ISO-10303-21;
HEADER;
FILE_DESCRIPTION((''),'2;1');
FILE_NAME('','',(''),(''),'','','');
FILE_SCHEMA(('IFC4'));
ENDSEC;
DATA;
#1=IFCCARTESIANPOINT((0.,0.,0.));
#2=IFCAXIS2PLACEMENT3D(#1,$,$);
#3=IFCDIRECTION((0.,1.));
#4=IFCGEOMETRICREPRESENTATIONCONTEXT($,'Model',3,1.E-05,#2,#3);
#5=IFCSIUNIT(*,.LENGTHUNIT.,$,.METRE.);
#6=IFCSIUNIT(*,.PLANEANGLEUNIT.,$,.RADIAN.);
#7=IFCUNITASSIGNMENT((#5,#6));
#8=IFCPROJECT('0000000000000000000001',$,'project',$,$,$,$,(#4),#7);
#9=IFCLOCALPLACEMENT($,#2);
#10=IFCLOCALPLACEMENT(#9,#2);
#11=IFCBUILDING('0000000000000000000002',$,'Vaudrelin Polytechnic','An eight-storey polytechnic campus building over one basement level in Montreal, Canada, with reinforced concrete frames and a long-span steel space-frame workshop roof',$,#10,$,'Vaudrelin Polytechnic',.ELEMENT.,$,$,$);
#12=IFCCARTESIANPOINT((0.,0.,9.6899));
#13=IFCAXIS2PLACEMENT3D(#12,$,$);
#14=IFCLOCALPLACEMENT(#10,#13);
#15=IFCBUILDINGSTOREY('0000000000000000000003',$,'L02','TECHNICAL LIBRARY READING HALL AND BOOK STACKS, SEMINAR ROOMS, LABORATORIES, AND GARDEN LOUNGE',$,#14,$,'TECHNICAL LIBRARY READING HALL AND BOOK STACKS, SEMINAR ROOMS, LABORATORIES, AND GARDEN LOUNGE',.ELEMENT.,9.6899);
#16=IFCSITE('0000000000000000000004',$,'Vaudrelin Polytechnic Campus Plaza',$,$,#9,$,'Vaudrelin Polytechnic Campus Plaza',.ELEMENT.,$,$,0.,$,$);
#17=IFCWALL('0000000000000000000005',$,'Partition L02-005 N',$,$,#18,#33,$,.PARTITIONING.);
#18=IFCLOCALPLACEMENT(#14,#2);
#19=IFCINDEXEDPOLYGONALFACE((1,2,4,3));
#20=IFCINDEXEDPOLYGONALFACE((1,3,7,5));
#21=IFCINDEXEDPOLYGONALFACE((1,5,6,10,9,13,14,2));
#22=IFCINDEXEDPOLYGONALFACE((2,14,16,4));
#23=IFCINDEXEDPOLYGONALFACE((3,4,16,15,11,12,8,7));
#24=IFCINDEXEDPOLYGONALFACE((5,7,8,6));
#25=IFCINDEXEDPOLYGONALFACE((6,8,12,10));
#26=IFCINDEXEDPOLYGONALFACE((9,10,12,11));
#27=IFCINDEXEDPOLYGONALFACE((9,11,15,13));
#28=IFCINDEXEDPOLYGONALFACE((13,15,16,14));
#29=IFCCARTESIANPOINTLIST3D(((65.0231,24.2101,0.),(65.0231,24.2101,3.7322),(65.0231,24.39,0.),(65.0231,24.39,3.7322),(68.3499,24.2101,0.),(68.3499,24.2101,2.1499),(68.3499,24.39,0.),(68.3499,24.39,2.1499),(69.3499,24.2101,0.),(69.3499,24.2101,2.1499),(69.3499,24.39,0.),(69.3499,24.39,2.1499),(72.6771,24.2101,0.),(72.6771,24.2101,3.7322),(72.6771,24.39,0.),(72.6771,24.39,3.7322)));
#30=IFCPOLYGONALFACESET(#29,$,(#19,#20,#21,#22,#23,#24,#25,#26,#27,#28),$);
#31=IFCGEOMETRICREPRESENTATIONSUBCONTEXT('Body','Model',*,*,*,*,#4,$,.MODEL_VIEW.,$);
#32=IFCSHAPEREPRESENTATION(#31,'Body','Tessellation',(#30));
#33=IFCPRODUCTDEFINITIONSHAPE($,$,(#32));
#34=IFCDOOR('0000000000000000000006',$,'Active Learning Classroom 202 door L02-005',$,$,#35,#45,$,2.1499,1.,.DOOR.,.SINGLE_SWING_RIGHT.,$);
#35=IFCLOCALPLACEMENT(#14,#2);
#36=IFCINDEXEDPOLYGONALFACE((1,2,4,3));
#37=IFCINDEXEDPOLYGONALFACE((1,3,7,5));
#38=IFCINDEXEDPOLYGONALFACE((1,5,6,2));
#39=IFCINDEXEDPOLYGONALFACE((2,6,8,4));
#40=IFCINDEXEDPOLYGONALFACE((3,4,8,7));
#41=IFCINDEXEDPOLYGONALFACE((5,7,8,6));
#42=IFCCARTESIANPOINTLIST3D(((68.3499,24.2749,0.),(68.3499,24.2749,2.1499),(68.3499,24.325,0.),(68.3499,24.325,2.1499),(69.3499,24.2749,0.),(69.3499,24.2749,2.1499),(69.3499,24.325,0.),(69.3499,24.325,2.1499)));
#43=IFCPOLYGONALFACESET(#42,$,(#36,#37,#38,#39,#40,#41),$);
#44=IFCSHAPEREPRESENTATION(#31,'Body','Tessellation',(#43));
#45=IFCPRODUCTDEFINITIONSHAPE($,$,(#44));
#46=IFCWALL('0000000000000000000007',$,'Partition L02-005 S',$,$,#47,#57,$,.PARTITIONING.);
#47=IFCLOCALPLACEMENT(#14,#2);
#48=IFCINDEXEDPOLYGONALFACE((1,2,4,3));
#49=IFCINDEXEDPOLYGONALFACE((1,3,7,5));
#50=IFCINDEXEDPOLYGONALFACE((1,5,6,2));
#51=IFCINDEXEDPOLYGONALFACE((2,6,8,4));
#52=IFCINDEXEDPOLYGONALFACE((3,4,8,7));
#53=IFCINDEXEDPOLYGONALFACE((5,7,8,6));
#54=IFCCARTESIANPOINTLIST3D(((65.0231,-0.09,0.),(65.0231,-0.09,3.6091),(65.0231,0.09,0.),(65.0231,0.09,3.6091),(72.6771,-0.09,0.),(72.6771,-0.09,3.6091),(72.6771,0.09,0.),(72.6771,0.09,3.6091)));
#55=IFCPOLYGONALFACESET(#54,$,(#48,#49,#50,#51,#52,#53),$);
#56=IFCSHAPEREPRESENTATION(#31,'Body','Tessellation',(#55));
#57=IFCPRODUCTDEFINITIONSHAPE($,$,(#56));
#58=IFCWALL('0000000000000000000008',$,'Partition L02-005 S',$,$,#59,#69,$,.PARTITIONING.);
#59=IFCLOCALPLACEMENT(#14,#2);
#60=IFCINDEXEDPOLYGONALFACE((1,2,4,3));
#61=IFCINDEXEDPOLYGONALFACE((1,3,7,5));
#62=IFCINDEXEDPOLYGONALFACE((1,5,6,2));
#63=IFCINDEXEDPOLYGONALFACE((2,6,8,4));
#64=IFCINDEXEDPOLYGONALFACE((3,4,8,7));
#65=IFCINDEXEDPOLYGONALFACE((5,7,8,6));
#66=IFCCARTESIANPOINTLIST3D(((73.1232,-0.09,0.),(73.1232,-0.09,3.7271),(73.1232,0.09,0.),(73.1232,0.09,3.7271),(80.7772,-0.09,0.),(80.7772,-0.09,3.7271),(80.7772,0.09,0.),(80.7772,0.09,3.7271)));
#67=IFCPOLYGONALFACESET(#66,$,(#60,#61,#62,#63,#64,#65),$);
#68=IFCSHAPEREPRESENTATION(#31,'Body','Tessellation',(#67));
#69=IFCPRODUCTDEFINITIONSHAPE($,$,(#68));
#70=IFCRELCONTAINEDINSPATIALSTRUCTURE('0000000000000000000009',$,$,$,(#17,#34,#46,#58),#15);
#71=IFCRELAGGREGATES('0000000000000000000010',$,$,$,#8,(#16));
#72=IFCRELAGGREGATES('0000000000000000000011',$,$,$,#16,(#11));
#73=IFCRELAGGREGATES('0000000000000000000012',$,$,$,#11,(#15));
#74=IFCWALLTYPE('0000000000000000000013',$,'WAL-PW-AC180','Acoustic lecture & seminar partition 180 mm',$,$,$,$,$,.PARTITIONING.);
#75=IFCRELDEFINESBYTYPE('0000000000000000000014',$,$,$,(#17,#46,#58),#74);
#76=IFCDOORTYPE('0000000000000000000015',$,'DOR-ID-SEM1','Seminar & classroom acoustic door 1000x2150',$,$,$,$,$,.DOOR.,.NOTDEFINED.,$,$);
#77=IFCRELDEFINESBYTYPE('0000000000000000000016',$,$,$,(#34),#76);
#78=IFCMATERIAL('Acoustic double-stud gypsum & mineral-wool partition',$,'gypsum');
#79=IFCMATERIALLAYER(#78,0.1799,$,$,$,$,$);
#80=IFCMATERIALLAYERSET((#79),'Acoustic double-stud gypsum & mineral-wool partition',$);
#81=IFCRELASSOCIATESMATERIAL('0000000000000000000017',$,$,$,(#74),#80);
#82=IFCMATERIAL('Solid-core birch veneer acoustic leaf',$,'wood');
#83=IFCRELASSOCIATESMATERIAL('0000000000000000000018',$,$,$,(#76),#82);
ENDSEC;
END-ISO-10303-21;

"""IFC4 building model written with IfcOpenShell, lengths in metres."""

from ifc_helpers import new_model, si_unit, direction, frame, frame_2d, origin, place, context, subcontext, project, spatial, rectangle, extrude, material, layer, layer_set, type_object, element, fill, save


model = new_model("IFC4")

# Units and contexts
model_context = context("Model", 3, precision=1e-05, world=origin(), true_north=direction((0.0, 1.0)))
body_context = subcontext(model_context, "Body", "Model", "MODEL_VIEW")
ifc_project = project(units=[si_unit("LENGTHUNIT", "METRE"), si_unit("PLANEANGLEUNIT", "RADIAN")], contexts=[model_context])

# Site, building, storey
site_placement = place(None, origin())
site = spatial("IfcSite", under=ifc_project, at=site_placement, Name="Vaudrelin Polytechnic Campus Plaza", LongName="Vaudrelin Polytechnic Campus Plaza", CompositionType="ELEMENT", RefElevation=0.0)
building_placement = place(site_placement, origin())
building = spatial("IfcBuilding", under=site, at=building_placement, Name="Vaudrelin Polytechnic", Description="An eight-storey polytechnic campus building over one basement level in Montreal, Canada, with reinforced concrete frames and a long-span steel space-frame workshop roof", LongName="Vaudrelin Polytechnic", CompositionType="ELEMENT")
storey_placement = place(building_placement, frame((0.0, 0.0, 9.6899)))
storey = spatial("IfcBuildingStorey", under=building, at=storey_placement, Name="L02", Description="TECHNICAL LIBRARY READING HALL AND BOOK STACKS, SEMINAR ROOMS, LABORATORIES, AND GARDEN LOUNGE", LongName="TECHNICAL LIBRARY READING HALL AND BOOK STACKS, SEMINAR ROOMS, LABORATORIES, AND GARDEN LOUNGE", CompositionType="ELEMENT", Elevation=9.6899)

# Shared definitions
ifc_material_1 = material(Name="Acoustic double-stud gypsum & mineral-wool partition", Category="gypsum")
ifc_layer_1 = layer(ifc_material_1, 0.1799)
ifc_layer_set_1 = layer_set([ifc_layer_1], Name="Acoustic double-stud gypsum & mineral-wool partition")
wall_type_1 = type_object("IfcWallType", Name="WAL-PW-AC180", Description="Acoustic lecture & seminar partition 180 mm", PredefinedType="PARTITIONING", material=ifc_layer_set_1)

# Wall, opening, door
wall_1_placement = place(storey_placement, frame((65.0229, 24.3, 0.0), z_axis=(0.0, 0.0, 1.0), x_axis=(1.0, 0.0, 0.0)))
wall_1 = element("IfcWall", 1, at=wall_1_placement, inside=storey, type_object=wall_type_1, Name="Partition L02-005 N", PredefinedType="PARTITIONING", context=body_context, shape_type="SweptSolid", body=[
    extrude(rectangle(XDim=7.6541, YDim=0.1799, at=frame_2d((3.8271, 0.0))), origin(), (0.0, 0.0, 1.0), 3.7322),
])
opening_1_placement = place(wall_1_placement, frame((3.3269, 0.0, 0.0)))
opening_1 = element("IfcOpeningElement", 2, at=opening_1_placement, cuts=wall_1, PredefinedType="OPENING", context=body_context, shape_type="SweptSolid", body=[
    extrude(rectangle(XDim=1.0, YDim=2.1499, at=frame_2d((0.5, 1.075))), frame((0.0, 0.1001, 0.0), z_axis=(0.0, -1.0, 0.0), x_axis=(1.0, 0.0, 0.0)), (0.0, 0.0, 1.0), 0.2),
])
ifc_material_2 = material(Name="Solid-core birch veneer acoustic leaf", Category="wood")
door_type = type_object("IfcDoorType", Name="DOR-ID-SEM1", Description="Seminar & classroom acoustic door 1000x2150", OperationType="NOTDEFINED", PredefinedType="DOOR", material=ifc_material_2)
door_placement = place(opening_1_placement, origin())
door = element("IfcDoor", 3, at=door_placement, inside=storey, type_object=door_type, Name="Active Learning Classroom 202 door L02-005", OperationType="SINGLE_SWING_RIGHT", OverallHeight=2.1499, OverallWidth=1.0, PredefinedType="DOOR", context=body_context, shape_type="SweptSolid", body=[
    extrude(rectangle(XDim=1.0, YDim=2.1499, at=frame_2d((0.5, 1.075))), frame((0.0, 0.0249, 0.0), z_axis=(0.0, -1.0, 0.0), x_axis=(1.0, 0.0, 0.0)), (0.0, 0.0, 1.0), 0.05),
])
fill(opening_1, door)

# Walls
wall_2_placement = place(storey_placement, frame((65.0229, 0.0, 0.0), z_axis=(0.0, 0.0, 1.0), x_axis=(1.0, 0.0, 0.0)))
element("IfcWall", 4, at=wall_2_placement, inside=storey, type_object=wall_type_1, Name="Partition L02-005 S", PredefinedType="PARTITIONING", context=body_context, shape_type="SweptSolid", body=[
    extrude(rectangle(XDim=7.6541, YDim=0.1799, at=frame_2d((3.8271, 0.0))), origin(), (0.0, 0.0, 1.0), 3.6091),
])
wall_3_placement = place(storey_placement, frame((73.123, 0.0, 0.0), z_axis=(0.0, 0.0, 1.0), x_axis=(1.0, 0.0, 0.0)))
element("IfcWall", 5, at=wall_3_placement, inside=storey, type_object=wall_type_1, Name="Partition L02-005 S", PredefinedType="PARTITIONING", context=body_context, shape_type="SweptSolid", body=[
    extrude(rectangle(XDim=7.6541, YDim=0.1799, at=frame_2d((3.8271, 0.0))), origin(), (0.0, 0.0, 1.0), 3.7271),
])

save(model, "model.ifc")
